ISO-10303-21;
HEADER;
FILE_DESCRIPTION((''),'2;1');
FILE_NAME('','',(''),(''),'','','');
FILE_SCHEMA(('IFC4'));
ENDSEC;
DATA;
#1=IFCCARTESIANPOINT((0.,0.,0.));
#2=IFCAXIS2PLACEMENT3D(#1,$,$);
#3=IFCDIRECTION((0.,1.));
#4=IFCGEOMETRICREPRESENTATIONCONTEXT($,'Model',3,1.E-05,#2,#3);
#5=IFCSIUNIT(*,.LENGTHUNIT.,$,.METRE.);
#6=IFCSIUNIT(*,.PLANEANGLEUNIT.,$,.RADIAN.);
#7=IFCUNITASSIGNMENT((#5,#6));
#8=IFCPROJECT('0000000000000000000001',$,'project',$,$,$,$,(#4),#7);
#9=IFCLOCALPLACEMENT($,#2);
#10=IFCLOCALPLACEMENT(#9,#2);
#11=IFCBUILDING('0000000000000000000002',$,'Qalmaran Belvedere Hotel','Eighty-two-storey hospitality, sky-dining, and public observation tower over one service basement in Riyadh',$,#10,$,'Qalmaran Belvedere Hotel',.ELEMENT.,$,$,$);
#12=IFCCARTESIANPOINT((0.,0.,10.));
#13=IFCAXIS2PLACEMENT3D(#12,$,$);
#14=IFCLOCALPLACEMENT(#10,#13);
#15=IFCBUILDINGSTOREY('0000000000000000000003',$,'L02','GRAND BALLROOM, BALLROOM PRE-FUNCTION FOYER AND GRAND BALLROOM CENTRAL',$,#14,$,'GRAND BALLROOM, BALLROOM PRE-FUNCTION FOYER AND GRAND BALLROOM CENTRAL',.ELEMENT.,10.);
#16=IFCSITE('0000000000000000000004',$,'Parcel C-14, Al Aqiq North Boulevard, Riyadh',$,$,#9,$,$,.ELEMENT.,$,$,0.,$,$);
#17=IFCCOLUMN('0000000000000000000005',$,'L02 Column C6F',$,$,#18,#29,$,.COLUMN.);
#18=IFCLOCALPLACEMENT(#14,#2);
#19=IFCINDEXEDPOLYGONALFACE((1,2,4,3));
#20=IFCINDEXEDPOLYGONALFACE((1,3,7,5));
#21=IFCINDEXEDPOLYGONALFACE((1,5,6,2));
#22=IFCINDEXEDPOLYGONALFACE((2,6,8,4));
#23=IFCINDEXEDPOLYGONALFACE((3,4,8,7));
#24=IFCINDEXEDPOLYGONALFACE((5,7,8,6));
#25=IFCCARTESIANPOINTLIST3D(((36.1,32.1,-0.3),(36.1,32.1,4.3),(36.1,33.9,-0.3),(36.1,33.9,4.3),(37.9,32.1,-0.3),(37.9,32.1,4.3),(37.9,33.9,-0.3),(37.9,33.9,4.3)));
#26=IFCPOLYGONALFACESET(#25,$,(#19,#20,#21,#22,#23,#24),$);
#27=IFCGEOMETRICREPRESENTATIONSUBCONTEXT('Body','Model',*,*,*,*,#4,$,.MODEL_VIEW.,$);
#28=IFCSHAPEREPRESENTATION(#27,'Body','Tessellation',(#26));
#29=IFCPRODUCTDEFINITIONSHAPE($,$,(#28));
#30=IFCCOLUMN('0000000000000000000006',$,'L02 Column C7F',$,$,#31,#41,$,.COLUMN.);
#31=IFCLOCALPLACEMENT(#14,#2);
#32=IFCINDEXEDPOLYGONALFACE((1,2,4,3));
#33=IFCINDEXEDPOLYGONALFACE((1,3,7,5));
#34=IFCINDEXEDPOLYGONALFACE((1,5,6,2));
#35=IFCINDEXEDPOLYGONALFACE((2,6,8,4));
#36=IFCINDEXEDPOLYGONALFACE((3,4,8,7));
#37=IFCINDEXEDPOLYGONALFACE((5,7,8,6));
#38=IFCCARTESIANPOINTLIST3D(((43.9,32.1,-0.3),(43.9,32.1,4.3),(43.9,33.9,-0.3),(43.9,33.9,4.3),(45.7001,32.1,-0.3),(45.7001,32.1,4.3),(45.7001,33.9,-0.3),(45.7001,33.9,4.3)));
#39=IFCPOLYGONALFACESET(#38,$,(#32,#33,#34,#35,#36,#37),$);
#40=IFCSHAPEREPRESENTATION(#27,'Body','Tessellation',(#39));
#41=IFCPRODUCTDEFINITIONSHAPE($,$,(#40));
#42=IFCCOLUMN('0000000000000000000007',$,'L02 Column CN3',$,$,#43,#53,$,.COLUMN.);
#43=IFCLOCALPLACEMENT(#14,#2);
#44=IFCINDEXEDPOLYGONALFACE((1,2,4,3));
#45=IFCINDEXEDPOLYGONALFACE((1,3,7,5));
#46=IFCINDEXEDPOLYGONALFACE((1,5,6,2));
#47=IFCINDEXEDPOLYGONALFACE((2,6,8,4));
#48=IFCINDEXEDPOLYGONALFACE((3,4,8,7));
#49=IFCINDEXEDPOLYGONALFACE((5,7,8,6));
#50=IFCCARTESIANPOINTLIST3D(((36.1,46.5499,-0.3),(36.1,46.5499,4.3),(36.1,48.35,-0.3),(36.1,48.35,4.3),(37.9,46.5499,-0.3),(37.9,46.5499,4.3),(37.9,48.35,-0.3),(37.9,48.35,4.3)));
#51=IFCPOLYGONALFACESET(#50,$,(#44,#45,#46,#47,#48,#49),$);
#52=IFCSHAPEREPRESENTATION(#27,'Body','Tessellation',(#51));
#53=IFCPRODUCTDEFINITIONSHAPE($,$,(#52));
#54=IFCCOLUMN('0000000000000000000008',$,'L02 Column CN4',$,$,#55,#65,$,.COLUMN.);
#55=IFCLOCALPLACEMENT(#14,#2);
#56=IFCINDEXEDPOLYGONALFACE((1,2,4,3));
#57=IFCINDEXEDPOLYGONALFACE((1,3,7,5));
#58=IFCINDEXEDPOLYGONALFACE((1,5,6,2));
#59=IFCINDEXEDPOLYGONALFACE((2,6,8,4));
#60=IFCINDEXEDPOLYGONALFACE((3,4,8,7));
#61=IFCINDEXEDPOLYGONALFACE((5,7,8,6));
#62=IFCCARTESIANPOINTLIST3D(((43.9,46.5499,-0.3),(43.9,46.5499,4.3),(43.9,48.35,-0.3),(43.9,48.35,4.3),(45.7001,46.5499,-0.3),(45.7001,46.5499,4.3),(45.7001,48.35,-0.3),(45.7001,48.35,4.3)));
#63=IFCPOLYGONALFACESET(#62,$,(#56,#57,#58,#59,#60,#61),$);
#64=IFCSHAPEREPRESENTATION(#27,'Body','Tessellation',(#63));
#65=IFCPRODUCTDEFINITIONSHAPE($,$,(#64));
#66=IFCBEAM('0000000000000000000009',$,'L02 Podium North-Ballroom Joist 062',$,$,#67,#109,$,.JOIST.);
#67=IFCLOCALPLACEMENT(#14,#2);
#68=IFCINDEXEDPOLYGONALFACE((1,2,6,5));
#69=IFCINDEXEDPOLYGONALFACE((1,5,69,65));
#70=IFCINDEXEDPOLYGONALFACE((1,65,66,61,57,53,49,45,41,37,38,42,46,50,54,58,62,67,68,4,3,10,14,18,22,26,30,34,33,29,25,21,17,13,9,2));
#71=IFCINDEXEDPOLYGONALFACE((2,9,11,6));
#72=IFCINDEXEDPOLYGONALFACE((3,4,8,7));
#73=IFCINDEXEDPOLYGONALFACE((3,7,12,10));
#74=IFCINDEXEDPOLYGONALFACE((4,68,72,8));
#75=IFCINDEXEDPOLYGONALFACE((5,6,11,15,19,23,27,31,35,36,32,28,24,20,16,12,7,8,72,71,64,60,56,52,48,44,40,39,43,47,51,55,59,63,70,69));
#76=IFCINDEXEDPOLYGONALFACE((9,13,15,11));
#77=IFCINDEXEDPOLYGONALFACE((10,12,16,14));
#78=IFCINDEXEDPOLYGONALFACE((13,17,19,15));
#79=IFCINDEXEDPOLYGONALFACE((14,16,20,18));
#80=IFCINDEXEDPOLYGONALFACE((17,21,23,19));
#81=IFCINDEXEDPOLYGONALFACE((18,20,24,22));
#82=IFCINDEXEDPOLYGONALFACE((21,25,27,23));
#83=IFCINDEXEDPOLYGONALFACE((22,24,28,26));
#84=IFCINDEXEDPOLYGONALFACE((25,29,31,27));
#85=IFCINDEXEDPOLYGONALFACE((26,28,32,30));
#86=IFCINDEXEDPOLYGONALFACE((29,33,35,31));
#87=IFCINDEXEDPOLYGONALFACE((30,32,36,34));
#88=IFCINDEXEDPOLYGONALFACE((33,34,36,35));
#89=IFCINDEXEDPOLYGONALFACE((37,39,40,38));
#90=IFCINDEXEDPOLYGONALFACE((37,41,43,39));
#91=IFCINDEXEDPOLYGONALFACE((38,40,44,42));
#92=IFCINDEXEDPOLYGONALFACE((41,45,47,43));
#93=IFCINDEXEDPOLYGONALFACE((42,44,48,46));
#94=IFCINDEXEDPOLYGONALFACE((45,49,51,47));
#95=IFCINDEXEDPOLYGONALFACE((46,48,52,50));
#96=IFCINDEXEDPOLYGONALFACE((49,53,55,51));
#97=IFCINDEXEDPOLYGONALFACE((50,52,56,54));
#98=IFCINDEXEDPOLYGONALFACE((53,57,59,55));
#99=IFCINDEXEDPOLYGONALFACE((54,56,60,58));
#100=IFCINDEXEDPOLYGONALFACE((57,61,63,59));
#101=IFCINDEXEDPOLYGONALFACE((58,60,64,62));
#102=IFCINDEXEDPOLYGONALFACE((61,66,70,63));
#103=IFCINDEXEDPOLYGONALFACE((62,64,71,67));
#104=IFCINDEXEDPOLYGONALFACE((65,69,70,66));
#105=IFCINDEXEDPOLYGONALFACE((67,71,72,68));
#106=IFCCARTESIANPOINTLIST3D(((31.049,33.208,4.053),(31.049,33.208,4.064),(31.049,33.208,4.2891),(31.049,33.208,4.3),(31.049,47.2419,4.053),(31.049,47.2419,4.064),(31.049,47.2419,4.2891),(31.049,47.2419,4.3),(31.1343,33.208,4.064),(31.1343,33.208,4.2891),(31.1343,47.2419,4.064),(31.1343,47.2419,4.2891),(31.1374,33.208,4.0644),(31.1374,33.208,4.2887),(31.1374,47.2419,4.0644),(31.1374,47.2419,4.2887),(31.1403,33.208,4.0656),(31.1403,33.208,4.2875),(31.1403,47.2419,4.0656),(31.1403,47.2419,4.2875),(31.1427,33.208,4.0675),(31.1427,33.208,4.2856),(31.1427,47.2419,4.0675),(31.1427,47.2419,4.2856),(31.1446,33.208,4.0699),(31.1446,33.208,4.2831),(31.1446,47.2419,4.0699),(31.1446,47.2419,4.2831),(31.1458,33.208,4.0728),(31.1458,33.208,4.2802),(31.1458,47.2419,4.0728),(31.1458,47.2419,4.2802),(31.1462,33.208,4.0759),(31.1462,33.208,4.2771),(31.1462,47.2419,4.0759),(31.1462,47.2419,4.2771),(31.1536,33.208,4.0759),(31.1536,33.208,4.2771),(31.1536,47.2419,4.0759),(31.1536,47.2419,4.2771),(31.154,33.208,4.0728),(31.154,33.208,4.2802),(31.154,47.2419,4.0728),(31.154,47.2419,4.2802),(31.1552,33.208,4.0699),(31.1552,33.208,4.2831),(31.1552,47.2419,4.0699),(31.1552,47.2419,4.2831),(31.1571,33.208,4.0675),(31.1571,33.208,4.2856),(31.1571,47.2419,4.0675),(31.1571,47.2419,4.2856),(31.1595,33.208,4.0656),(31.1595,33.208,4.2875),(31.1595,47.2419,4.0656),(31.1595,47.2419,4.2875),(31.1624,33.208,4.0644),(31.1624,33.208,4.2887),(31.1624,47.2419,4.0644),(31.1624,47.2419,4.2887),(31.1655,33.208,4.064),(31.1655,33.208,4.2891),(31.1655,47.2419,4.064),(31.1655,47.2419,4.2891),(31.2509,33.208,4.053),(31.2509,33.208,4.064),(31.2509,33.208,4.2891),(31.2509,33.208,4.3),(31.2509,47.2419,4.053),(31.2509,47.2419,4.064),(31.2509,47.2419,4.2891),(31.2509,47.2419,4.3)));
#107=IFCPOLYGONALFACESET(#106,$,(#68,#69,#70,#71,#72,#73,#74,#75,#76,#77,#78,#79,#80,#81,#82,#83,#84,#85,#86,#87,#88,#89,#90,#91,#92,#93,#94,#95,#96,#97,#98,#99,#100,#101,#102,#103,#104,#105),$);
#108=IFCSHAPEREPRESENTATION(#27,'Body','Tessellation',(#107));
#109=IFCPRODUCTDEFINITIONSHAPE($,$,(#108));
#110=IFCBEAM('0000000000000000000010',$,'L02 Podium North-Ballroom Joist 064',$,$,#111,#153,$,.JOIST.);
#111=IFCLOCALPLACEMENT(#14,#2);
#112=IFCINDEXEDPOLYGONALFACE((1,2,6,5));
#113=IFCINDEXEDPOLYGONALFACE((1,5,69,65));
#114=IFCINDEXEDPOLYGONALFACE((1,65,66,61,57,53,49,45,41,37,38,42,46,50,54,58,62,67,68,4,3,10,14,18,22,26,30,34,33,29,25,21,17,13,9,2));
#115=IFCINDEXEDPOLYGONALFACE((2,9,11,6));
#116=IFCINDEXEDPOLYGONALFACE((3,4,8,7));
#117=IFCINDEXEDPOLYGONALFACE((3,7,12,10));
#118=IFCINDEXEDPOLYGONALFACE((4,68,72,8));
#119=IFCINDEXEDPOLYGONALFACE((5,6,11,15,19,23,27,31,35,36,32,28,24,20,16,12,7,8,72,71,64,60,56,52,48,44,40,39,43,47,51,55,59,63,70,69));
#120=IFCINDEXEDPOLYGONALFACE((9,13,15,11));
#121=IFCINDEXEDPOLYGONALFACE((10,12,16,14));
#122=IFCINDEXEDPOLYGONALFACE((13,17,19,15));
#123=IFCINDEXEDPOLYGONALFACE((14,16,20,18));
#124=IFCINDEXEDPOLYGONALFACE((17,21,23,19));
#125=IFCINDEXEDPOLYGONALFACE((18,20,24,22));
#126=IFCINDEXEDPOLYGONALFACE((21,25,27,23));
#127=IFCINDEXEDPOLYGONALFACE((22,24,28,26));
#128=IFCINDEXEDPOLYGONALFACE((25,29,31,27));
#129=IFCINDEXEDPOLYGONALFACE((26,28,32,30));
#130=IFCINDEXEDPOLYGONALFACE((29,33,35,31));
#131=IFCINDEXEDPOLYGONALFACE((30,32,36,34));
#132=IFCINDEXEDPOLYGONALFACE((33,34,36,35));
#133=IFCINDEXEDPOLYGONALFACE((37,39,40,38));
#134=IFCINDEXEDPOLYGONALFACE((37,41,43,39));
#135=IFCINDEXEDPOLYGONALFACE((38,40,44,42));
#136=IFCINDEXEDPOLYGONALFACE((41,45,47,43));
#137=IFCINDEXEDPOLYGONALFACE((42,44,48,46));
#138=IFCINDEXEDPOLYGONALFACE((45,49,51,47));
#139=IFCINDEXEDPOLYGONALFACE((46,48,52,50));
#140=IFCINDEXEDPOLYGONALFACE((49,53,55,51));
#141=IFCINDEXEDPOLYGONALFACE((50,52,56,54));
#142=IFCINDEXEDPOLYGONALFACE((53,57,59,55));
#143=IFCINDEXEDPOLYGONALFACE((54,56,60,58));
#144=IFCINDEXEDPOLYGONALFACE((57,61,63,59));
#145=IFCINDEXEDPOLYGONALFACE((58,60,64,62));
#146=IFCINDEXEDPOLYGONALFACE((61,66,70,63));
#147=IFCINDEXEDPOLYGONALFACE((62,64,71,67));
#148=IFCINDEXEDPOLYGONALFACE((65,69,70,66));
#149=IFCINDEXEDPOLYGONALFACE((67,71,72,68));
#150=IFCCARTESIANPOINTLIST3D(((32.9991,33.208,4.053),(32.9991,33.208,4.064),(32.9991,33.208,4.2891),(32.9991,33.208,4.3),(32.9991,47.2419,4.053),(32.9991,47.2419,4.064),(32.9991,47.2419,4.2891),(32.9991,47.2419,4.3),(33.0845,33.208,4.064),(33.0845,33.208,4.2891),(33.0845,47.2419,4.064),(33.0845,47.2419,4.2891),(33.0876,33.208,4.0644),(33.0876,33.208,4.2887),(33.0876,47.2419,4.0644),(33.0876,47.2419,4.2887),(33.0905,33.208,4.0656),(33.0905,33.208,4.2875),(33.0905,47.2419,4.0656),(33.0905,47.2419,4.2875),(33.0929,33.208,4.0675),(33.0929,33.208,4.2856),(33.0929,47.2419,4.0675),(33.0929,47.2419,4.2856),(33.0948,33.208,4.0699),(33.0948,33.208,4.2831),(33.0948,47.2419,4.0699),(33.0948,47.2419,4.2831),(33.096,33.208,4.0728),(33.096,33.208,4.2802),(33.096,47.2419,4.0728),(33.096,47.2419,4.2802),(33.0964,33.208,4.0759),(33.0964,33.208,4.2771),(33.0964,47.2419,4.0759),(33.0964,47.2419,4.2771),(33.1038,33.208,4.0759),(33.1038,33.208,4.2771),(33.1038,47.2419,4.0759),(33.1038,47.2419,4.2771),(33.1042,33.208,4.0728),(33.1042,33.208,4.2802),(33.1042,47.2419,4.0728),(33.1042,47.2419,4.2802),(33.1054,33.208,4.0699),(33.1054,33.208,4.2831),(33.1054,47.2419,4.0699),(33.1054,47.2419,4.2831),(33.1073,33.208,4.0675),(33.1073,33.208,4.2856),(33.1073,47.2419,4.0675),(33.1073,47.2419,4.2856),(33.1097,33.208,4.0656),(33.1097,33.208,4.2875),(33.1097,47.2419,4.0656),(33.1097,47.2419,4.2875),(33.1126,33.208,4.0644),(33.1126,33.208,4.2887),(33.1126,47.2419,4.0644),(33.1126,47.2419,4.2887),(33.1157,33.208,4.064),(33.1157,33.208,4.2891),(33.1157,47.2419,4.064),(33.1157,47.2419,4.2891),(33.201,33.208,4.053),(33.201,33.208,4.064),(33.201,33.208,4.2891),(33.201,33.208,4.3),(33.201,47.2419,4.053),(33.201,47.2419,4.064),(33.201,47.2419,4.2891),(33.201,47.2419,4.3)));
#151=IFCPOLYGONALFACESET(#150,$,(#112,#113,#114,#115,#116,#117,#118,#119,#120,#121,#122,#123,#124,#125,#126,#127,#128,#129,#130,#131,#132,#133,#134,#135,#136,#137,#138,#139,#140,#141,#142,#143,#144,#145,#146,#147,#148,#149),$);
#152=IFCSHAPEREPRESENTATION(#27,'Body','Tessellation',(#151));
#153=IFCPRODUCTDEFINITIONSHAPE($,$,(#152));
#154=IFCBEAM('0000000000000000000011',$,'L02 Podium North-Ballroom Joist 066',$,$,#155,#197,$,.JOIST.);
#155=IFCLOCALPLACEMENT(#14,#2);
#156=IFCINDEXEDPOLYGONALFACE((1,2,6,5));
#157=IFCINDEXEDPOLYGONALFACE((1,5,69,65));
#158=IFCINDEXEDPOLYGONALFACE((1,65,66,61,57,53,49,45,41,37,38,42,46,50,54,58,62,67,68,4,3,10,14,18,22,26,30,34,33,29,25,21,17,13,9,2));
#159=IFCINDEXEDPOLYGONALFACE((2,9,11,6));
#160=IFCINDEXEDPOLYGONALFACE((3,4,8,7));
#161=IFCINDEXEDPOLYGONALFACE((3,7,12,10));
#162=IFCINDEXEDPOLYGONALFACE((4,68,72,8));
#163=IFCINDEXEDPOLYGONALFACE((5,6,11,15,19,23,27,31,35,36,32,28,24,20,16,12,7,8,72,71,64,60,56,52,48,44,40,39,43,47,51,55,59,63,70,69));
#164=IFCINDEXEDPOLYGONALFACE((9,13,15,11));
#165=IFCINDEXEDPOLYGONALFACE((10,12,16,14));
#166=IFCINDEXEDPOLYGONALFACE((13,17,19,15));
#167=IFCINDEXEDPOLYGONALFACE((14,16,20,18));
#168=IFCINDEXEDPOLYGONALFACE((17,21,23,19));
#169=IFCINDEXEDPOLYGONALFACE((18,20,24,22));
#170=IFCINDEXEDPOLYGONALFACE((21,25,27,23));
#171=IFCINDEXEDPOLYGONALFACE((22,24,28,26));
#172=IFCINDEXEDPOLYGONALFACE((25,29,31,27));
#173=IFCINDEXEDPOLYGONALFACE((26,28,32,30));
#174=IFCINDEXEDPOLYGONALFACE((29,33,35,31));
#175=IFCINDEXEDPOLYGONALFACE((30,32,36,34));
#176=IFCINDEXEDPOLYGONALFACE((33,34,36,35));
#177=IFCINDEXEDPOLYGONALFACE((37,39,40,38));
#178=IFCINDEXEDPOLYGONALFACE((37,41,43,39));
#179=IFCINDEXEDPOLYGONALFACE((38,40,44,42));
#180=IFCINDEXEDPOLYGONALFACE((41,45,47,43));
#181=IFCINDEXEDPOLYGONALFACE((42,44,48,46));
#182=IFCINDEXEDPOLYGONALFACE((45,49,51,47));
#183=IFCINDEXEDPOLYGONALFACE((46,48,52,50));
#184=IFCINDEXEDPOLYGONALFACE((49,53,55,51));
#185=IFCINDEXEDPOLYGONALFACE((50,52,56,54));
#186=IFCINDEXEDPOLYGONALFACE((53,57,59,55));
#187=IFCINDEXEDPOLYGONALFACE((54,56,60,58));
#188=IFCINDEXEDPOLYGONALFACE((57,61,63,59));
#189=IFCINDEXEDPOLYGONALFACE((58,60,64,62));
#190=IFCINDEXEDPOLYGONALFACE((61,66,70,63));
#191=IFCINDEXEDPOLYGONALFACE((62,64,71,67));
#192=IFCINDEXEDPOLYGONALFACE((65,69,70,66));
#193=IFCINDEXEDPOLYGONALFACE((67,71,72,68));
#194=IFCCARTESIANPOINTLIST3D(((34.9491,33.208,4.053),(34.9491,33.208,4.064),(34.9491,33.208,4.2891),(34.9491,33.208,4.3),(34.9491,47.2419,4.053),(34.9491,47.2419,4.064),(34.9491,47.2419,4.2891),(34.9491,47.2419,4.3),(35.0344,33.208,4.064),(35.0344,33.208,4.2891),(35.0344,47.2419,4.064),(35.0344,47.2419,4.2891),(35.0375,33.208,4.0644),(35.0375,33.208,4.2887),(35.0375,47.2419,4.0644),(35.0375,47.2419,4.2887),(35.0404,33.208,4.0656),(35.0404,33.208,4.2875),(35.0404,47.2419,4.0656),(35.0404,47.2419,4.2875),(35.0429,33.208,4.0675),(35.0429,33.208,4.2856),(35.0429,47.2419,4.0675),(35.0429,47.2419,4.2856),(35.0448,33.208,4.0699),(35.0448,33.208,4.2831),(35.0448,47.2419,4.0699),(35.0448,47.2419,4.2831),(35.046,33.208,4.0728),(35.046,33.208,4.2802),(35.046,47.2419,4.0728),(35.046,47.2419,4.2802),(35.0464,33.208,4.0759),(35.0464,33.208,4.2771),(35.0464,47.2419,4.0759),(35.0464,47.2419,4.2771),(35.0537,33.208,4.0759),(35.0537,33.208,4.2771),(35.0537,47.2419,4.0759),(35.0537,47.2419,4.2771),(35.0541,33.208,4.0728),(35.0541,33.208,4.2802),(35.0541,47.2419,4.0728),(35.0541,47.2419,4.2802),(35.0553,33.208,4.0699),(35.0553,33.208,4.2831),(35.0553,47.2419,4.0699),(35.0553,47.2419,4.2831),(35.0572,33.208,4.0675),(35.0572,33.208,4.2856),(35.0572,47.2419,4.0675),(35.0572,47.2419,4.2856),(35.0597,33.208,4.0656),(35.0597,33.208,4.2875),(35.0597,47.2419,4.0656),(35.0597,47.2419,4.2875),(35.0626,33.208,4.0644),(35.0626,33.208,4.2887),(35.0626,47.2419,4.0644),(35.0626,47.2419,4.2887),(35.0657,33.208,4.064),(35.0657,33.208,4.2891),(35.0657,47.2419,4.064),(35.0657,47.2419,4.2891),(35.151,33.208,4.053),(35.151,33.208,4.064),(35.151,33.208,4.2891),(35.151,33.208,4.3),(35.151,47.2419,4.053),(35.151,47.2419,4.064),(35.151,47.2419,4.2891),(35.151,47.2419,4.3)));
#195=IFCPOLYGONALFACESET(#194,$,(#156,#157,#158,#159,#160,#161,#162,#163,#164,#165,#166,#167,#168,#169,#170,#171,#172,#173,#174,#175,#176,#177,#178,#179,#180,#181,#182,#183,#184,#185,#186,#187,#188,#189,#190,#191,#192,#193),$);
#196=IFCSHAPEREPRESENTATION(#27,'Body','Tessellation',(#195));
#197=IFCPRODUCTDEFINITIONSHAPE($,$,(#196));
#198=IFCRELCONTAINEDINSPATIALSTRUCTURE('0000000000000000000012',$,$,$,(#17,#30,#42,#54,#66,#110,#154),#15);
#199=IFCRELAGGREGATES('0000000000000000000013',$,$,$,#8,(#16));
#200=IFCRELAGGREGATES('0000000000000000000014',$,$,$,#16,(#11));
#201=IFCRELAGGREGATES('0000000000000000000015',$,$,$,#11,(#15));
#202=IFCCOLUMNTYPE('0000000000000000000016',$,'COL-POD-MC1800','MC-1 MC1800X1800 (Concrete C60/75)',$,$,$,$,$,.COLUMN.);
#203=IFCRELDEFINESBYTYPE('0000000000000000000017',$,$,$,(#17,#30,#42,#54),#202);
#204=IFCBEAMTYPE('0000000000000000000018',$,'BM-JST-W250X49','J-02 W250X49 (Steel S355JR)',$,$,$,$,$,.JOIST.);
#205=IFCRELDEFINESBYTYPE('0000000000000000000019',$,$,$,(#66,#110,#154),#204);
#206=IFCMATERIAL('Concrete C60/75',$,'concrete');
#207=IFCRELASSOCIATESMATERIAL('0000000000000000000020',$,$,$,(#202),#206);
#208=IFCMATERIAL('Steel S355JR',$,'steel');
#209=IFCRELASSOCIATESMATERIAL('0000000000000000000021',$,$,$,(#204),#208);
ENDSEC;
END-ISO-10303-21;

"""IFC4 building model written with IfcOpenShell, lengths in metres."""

from ifc_helpers import new_model, si_unit, direction, frame, origin, origin_2d, place, context, subcontext, project, spatial, rectangle, i_section, extrude, material, material_profile, profile_set, type_object, element, save


model = new_model("IFC4")

# Units and contexts
model_context = context("Model", 3, precision=1e-05, world=origin(), true_north=direction((0.0, 1.0)))
body_context = subcontext(model_context, "Body", "Model", "MODEL_VIEW")
ifc_project = project(units=[si_unit("LENGTHUNIT", "METRE"), si_unit("PLANEANGLEUNIT", "RADIAN")], contexts=[model_context])

# Site, building, storey
site_placement = place(None, origin())
site = spatial("IfcSite", under=ifc_project, at=site_placement, Name="Parcel C-14, Al Aqiq North Boulevard, Riyadh", CompositionType="ELEMENT", RefElevation=0.0)
building_placement = place(site_placement, origin())
building = spatial("IfcBuilding", under=site, at=building_placement, Name="Qalmaran Belvedere Hotel", Description="Eighty-two-storey hospitality, sky-dining, and public observation tower over one service basement in Riyadh", LongName="Qalmaran Belvedere Hotel", CompositionType="ELEMENT")
storey_placement = place(building_placement, frame((0.0, 0.0, 10.0)))
storey = spatial("IfcBuildingStorey", under=building, at=storey_placement, Name="L02", Description="GRAND BALLROOM, BALLROOM PRE-FUNCTION FOYER AND GRAND BALLROOM CENTRAL", LongName="GRAND BALLROOM, BALLROOM PRE-FUNCTION FOYER AND GRAND BALLROOM CENTRAL", CompositionType="ELEMENT", Elevation=10.0)

# Columns
ifc_material_1 = material(Name="Concrete C60/75", Category="concrete")
ifc_material_profile_1 = material_profile(ifc_material_1, rectangle(XDim=1.8, YDim=1.8, at=origin_2d()), Name="MC1800X1800")
ifc_profile_set_1 = profile_set([ifc_material_profile_1], Name="Concrete C60/75")
column_type = type_object("IfcColumnType", Name="COL-POD-MC1800", Description="MC-1 MC1800X1800 (Concrete C60/75)", PredefinedType="COLUMN", material=ifc_profile_set_1)
for number, where, z_axis, x_axis, name in (
    (1, (37.0, 33.0, -0.3), (0.0, 0.0, 1.0), (1.0, 0.0, 0.0), "L02 Column C6F"),
    (2, (44.8, 33.0, -0.3), (0.0, 0.0, 1.0), (1.0, 0.0, 0.0), "L02 Column C7F"),
    (3, (37.0, 47.45, -0.3), (0.0, 0.0, 1.0), (1.0, 0.0, 0.0), "L02 Column CN3"),
    (4, (44.8, 47.45, -0.3), (0.0, 0.0, 1.0), (1.0, 0.0, 0.0), "L02 Column CN4"),
):
    element("IfcColumn", number, at=place(storey_placement, frame(where, z_axis=z_axis, x_axis=x_axis)), inside=storey, type_object=column_type, Name=name, PredefinedType="COLUMN", context=body_context, shape_type="SweptSolid", body=[
        extrude(rectangle(XDim=1.8, YDim=1.8, at=origin_2d()), origin(), (0.0, 0.0, 1.0), 4.6001),
    ])

# Beams
ifc_material_2 = material(Name="Steel S355JR", Category="steel")
ifc_material_profile_2 = material_profile(ifc_material_2, i_section(OverallWidth=0.2019, OverallDepth=0.2471, WebThickness=0.0073, FlangeThickness=0.011, FilletRadius=0.012, at=origin_2d()), Name="W250X49")
ifc_profile_set_2 = profile_set([ifc_material_profile_2], Name="Steel S355JR")
beam_type_1 = type_object("IfcBeamType", Name="BM-JST-W250X49", Description="J-02 W250X49 (Steel S355JR)", PredefinedType="JOIST", material=ifc_profile_set_2)
for number, where, z_axis, x_axis, name in (
    (5, (31.1499, 33.208, 4.1765), (0.0, 1.0, 0.0), (-1.0, 0.0, 0.0), "L02 Podium North-Ballroom Joist 062"),
    (6, (33.1001, 33.208, 4.1765), (0.0, 1.0, 0.0), (-1.0, 0.0, 0.0), "L02 Podium North-Ballroom Joist 064"),
    (7, (35.05, 33.208, 4.1765), (0.0, 1.0, 0.0), (-1.0, 0.0, 0.0), "L02 Podium North-Ballroom Joist 066"),
):
    element("IfcBeam", number, at=place(storey_placement, frame(where, z_axis=z_axis, x_axis=x_axis)), inside=storey, type_object=beam_type_1, Name=name, PredefinedType="JOIST", context=body_context, shape_type="SweptSolid", body=[
        extrude(i_section(OverallWidth=0.2019, OverallDepth=0.2471, WebThickness=0.0073, FlangeThickness=0.011, FilletRadius=0.012, at=origin_2d()), origin(), (0.0, 0.0, 1.0), 14.0339),
    ])

save(model, "model.ifc")
